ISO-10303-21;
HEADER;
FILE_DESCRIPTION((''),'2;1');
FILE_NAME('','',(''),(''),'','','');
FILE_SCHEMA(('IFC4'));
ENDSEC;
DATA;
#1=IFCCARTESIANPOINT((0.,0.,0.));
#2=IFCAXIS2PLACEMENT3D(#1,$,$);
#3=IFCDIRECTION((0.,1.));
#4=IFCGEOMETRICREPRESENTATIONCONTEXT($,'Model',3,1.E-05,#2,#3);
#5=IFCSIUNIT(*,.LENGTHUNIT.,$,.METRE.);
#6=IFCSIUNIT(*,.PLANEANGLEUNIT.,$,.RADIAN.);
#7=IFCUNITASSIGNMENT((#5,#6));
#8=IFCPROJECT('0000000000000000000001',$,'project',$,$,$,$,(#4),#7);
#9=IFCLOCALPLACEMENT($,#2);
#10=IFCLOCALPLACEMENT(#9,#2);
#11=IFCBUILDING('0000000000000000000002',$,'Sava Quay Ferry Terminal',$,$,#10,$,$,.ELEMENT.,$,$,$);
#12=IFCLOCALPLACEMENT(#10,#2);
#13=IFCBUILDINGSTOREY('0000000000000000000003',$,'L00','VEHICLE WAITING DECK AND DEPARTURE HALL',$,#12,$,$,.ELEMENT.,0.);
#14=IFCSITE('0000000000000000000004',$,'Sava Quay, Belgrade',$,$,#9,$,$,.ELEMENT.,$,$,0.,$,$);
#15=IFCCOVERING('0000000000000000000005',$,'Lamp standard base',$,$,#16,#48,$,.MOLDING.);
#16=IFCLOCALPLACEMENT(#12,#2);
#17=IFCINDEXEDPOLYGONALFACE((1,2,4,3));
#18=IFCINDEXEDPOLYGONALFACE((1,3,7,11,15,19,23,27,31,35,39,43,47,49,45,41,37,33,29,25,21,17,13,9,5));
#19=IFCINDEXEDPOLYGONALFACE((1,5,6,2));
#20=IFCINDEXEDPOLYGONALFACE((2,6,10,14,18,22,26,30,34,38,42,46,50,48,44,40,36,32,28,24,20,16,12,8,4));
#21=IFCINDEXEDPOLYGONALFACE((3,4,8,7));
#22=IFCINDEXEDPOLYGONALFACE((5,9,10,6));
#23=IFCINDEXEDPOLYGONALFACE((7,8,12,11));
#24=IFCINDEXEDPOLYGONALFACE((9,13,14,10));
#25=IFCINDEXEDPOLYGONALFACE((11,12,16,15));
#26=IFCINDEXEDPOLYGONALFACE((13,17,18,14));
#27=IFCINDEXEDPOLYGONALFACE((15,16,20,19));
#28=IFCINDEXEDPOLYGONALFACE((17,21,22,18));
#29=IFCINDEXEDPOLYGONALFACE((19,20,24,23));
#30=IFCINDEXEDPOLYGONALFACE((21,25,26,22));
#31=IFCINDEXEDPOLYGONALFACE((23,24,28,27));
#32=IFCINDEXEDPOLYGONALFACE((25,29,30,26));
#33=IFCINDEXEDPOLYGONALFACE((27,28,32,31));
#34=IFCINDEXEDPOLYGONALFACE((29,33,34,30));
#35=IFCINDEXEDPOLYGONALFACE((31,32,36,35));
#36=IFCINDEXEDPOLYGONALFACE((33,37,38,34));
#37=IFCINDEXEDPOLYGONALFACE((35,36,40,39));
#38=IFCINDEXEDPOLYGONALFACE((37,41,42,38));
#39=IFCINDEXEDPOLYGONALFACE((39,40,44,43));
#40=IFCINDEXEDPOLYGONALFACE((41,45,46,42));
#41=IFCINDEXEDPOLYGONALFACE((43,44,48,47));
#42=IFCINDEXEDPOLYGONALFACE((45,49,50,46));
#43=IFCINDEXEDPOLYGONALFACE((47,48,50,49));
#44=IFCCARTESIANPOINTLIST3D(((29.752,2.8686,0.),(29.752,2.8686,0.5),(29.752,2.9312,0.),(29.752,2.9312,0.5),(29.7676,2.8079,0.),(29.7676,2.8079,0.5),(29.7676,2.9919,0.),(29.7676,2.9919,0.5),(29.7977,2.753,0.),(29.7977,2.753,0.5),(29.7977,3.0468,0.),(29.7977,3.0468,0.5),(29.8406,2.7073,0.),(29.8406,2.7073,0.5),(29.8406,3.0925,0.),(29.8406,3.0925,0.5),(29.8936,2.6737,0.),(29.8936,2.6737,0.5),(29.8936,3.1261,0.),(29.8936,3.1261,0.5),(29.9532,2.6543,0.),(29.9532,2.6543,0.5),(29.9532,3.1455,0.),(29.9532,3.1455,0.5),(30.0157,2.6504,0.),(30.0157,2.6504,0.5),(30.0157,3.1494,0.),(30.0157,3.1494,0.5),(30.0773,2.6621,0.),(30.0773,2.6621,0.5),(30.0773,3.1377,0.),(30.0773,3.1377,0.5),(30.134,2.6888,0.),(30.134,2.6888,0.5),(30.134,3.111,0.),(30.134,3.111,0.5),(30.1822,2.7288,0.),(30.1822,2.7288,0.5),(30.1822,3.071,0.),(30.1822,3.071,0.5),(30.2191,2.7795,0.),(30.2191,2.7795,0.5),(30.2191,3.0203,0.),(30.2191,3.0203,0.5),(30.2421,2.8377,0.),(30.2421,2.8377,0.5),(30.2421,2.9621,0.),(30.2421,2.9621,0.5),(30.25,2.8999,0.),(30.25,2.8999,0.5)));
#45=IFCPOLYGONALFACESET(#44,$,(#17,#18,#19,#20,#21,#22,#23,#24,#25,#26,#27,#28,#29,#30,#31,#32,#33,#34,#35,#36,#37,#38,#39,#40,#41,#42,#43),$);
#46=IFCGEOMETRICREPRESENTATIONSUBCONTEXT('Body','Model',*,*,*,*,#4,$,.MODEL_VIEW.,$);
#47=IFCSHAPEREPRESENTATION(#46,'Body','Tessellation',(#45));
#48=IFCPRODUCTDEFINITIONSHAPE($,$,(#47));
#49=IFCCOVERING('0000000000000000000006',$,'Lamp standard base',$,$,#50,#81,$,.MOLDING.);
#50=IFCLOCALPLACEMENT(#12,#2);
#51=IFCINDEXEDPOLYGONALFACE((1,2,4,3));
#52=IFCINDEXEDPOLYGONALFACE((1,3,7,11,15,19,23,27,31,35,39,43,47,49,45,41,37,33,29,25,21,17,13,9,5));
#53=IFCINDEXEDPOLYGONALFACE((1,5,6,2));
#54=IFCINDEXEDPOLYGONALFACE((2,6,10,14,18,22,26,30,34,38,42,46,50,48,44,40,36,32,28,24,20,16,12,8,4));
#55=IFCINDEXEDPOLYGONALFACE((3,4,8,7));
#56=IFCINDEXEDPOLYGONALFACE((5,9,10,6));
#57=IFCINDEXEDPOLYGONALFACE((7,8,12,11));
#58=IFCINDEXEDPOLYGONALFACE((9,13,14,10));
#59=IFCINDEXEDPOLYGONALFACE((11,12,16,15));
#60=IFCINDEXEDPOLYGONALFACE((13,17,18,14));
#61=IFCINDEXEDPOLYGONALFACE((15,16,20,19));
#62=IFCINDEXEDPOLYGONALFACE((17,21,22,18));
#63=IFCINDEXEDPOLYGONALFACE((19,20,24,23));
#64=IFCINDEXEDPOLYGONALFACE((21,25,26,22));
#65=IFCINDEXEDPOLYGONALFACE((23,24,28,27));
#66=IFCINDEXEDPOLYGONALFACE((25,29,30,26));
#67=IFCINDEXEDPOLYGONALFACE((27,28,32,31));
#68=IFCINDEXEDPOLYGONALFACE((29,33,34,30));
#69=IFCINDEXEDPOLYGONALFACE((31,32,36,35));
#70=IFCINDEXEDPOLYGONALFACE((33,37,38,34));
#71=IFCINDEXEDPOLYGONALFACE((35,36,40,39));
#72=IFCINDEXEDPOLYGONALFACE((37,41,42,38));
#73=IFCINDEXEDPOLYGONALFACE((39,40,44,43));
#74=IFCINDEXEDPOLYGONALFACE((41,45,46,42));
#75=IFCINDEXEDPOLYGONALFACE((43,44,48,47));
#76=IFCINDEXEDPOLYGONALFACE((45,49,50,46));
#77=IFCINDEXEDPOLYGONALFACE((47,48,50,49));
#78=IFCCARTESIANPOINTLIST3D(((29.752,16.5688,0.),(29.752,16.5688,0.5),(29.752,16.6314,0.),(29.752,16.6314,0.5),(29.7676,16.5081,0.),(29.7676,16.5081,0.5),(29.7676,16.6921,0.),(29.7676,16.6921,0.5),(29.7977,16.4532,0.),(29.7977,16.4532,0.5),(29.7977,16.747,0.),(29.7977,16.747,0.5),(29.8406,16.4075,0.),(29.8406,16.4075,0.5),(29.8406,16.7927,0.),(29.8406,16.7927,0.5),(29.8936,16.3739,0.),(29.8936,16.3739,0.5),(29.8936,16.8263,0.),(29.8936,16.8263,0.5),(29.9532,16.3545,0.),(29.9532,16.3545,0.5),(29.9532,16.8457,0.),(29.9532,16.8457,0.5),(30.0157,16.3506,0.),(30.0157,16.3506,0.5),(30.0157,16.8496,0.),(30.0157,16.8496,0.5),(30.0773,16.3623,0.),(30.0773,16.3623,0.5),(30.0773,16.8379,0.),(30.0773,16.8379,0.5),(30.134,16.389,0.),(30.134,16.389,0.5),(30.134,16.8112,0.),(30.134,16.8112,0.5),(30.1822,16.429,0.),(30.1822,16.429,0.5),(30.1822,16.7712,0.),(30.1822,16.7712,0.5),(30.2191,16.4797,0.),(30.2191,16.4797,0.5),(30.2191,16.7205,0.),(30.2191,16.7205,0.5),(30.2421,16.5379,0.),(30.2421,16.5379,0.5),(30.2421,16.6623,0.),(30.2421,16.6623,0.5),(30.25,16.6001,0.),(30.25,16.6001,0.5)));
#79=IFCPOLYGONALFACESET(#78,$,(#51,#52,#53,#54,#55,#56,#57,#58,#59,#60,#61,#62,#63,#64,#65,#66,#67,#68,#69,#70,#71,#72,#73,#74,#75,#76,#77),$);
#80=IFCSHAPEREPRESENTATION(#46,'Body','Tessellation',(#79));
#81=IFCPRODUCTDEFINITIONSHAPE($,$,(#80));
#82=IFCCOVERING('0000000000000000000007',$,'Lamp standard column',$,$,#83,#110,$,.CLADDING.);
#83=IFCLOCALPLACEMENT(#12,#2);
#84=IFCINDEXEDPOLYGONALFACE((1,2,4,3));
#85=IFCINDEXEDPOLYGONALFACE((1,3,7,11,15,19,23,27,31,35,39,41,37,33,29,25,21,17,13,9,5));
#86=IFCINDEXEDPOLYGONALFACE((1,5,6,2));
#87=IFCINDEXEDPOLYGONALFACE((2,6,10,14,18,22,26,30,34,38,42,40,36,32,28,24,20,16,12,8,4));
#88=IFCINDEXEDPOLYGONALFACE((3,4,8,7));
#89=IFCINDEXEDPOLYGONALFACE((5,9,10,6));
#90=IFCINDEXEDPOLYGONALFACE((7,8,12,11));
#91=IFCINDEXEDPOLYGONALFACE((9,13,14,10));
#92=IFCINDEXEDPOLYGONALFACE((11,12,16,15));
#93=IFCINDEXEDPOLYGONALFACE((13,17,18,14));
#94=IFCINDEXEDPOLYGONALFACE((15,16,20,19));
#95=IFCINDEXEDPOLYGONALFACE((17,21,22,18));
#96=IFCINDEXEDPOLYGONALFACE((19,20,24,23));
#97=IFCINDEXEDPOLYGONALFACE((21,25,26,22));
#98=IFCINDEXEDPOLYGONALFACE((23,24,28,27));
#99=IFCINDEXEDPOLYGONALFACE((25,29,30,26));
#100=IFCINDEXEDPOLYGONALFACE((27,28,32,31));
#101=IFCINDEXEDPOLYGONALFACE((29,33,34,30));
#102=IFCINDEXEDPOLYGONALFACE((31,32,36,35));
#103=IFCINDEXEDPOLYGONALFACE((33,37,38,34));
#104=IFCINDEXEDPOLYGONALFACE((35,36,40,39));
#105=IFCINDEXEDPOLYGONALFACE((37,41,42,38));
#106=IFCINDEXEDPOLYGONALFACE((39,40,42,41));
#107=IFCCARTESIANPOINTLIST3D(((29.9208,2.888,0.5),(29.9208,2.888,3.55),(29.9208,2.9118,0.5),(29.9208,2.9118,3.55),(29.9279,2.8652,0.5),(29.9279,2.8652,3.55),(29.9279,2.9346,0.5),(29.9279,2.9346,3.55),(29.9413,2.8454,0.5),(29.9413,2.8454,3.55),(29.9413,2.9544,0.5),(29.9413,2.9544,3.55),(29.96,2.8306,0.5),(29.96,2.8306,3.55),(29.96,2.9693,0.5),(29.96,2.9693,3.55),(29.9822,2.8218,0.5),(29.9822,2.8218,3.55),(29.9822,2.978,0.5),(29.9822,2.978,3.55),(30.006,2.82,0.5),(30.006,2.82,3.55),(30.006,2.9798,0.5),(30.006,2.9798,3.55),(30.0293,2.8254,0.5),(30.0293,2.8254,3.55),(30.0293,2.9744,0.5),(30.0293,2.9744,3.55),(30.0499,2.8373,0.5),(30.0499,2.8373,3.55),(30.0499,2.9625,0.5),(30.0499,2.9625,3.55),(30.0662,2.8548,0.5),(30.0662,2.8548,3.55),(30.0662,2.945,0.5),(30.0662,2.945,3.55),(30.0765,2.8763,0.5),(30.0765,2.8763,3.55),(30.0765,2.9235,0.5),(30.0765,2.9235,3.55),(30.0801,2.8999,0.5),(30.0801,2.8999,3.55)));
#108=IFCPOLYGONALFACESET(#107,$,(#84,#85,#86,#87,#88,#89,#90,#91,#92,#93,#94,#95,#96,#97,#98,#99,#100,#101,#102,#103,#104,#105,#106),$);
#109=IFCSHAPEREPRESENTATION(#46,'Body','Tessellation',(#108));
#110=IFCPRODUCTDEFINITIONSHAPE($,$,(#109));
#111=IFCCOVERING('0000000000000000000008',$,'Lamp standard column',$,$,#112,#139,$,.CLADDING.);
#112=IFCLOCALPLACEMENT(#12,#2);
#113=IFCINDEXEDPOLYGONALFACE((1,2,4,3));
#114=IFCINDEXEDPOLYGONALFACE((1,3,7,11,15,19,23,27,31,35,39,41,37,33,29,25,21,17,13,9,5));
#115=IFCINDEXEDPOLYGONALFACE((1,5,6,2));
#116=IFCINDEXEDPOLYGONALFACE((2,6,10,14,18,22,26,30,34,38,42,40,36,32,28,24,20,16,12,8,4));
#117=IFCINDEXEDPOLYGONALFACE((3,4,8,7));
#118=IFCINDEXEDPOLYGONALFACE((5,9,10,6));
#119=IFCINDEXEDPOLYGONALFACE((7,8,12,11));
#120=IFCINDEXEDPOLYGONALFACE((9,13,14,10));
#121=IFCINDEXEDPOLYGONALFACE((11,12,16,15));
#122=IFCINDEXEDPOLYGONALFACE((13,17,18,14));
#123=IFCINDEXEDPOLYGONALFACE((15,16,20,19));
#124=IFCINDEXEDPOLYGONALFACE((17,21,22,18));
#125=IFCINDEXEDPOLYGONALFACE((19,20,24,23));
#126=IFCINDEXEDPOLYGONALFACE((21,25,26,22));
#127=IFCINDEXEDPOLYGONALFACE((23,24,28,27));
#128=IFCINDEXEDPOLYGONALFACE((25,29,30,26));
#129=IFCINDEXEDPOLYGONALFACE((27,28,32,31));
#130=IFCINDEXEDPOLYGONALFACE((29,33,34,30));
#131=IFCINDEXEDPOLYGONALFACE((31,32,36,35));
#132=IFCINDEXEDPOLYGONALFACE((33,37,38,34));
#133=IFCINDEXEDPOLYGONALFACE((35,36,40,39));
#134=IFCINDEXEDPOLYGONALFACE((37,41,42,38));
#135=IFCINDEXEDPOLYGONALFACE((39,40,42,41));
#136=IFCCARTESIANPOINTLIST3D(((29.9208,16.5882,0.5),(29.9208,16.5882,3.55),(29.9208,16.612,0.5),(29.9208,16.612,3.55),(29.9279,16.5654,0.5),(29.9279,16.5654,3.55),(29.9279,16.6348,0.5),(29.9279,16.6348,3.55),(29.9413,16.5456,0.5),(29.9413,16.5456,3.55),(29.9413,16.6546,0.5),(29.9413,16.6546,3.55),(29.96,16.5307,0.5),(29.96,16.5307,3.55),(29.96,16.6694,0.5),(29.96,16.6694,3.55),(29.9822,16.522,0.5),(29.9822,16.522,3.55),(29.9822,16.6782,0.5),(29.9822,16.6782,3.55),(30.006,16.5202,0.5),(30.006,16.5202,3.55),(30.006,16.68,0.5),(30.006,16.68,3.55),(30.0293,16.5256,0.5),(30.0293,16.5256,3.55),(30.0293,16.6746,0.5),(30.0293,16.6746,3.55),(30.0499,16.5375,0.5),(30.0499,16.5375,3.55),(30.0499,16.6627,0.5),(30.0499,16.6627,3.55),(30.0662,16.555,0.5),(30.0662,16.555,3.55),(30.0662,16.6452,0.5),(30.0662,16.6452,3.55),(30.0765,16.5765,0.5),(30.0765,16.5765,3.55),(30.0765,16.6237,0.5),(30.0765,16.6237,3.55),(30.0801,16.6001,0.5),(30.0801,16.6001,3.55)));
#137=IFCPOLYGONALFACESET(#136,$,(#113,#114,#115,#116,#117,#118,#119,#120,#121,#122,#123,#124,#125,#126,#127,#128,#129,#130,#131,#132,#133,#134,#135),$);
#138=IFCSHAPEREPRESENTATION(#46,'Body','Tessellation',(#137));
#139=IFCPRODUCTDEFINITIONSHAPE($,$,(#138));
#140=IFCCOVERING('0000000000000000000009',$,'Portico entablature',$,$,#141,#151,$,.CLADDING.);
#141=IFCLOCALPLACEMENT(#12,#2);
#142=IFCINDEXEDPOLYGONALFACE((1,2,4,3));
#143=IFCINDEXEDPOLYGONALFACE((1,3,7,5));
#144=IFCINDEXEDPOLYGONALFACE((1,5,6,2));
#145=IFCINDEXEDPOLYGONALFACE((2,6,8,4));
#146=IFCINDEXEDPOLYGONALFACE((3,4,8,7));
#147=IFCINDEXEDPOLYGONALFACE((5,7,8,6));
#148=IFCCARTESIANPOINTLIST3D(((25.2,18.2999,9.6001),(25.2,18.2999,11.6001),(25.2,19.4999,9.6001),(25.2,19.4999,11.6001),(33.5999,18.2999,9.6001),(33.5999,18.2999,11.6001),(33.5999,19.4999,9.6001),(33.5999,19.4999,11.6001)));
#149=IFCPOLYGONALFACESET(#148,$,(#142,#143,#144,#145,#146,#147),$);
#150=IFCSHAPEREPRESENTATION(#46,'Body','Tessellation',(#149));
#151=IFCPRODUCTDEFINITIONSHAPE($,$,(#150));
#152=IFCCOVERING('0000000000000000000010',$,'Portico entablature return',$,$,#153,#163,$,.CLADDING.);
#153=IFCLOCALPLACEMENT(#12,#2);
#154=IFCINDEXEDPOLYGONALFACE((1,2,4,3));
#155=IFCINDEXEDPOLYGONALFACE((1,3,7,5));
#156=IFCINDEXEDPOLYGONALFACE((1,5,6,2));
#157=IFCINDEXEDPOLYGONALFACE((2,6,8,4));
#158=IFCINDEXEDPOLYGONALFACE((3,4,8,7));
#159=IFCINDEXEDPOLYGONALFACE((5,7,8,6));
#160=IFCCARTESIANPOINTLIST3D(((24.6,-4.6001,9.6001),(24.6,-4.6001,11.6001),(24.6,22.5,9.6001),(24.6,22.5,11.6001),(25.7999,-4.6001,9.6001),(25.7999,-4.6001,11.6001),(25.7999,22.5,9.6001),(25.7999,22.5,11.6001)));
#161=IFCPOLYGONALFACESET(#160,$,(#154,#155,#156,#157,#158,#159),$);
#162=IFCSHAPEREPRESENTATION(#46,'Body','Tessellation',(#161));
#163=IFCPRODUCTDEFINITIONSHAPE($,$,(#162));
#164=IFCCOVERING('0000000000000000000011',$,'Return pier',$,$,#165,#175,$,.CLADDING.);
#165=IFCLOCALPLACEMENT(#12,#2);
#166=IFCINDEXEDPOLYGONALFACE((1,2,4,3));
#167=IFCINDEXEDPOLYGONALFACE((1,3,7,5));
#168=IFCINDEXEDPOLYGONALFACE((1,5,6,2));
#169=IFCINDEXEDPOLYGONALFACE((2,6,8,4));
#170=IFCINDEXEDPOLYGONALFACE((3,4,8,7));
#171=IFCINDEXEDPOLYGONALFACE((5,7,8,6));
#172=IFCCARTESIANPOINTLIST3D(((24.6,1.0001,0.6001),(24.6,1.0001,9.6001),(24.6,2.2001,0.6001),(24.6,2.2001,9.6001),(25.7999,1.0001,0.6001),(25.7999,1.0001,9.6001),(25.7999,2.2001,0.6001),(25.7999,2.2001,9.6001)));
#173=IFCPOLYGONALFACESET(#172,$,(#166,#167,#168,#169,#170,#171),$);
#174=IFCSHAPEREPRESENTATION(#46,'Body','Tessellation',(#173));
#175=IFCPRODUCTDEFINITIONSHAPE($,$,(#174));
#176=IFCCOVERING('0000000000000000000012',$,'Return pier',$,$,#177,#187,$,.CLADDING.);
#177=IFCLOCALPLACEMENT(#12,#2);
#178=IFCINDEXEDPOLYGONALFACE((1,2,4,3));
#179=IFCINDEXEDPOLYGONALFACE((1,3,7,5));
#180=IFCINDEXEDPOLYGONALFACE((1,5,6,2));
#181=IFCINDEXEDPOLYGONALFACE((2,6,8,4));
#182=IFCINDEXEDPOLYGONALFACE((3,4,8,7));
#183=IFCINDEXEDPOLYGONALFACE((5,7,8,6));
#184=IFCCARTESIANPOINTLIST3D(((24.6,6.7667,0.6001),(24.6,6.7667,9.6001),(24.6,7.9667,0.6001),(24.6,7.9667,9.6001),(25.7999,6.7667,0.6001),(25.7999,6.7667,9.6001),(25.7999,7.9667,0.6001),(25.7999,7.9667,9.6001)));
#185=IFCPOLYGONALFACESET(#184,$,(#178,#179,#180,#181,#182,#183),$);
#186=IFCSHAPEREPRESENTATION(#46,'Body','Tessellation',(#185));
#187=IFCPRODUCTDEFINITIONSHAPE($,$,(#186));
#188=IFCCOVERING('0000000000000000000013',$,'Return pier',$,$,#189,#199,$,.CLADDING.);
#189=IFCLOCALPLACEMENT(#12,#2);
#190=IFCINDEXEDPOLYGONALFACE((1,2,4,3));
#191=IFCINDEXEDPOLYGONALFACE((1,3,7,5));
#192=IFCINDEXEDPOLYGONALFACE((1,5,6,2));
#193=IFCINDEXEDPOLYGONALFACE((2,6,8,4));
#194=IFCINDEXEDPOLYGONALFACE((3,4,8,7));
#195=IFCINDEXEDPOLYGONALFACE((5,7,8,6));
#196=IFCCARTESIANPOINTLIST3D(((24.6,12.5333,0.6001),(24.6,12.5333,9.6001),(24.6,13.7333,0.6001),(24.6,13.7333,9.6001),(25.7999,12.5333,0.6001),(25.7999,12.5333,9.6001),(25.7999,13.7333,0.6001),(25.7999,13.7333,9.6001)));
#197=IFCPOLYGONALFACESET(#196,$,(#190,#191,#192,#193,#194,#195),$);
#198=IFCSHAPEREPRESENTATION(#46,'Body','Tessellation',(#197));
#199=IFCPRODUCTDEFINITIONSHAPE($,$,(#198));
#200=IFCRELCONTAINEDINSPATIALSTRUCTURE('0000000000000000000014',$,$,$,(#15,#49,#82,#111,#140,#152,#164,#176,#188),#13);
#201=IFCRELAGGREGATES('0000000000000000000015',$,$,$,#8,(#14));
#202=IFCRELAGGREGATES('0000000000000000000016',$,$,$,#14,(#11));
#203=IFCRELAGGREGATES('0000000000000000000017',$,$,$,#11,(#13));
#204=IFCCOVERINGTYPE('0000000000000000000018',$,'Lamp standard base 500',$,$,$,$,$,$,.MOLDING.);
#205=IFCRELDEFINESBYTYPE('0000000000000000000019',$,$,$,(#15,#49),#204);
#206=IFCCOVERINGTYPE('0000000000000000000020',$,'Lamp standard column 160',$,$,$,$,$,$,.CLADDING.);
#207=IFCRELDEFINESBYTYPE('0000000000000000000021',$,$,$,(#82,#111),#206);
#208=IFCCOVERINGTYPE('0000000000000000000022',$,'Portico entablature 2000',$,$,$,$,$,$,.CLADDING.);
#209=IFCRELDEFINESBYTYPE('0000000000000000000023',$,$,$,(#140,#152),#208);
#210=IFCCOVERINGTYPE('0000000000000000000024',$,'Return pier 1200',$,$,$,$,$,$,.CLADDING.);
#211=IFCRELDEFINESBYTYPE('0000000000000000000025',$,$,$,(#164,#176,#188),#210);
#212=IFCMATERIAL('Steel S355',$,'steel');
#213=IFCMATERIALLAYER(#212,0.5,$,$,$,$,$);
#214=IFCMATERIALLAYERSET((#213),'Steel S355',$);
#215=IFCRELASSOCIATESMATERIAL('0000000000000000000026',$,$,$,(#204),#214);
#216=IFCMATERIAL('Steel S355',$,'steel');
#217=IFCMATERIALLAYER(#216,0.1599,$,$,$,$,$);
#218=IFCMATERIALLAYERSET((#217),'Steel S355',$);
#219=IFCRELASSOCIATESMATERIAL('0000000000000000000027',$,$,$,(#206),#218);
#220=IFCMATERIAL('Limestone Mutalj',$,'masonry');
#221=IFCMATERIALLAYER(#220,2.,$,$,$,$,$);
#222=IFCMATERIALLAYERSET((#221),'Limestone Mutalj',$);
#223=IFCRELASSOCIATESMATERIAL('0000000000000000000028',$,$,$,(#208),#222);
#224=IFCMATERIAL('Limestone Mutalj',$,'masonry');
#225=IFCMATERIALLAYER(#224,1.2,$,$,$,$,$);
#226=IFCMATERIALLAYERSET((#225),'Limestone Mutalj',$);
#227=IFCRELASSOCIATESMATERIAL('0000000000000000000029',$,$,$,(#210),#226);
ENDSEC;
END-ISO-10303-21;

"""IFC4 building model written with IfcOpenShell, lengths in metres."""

from ifc_helpers import new_model, si_unit, direction, frame, origin, origin_2d, place, context, subcontext, project, spatial, rectangle, circle, extrude, material, layer, layer_set, type_object, element, save


model = new_model("IFC4")

# Units and contexts
model_context = context("Model", 3, precision=1e-05, world=origin(), true_north=direction((0.0, 1.0)))
body_context = subcontext(model_context, "Body", "Model", "MODEL_VIEW")
ifc_project = project(units=[si_unit("LENGTHUNIT", "METRE"), si_unit("PLANEANGLEUNIT", "RADIAN")], contexts=[model_context])

# Site, building, storey
site_placement = place(None, origin())
site = spatial("IfcSite", under=ifc_project, at=site_placement, Name="Sava Quay, Belgrade", CompositionType="ELEMENT", RefElevation=0.0)
building_placement = place(site_placement, origin())
building = spatial("IfcBuilding", under=site, at=building_placement, Name="Sava Quay Ferry Terminal", CompositionType="ELEMENT")
storey_placement = place(building_placement, origin())
storey = spatial("IfcBuildingStorey", under=building, at=storey_placement, Name="L00", Description="VEHICLE WAITING DECK AND DEPARTURE HALL", CompositionType="ELEMENT", Elevation=0.0)

# Coverings
ifc_material_1 = material(Name="Steel S355", Category="steel")
ifc_layer_1 = layer(ifc_material_1, 0.5)
ifc_layer_set_1 = layer_set([ifc_layer_1], Name="Steel S355")
covering_type_1 = type_object("IfcCoveringType", Name="Lamp standard base 500", PredefinedType="MOLDING", material=ifc_layer_set_1)
for number, where, z_axis, x_axis, name in (
    (1, (30.0, 2.8999, 0.5), (0.0, 0.0, -1.0), (1.0, 0.0, 0.0), "Lamp standard base"),
    (2, (30.0, 16.6001, 0.5), (0.0, 0.0, -1.0), (1.0, 0.0, 0.0), "Lamp standard base"),
):
    element("IfcCovering", number, at=place(storey_placement, frame(where, z_axis=z_axis, x_axis=x_axis)), inside=storey, type_object=covering_type_1, Name=name, PredefinedType="MOLDING", context=body_context, shape_type="SweptSolid", body=[
        extrude(circle(Radius=0.25, at=origin_2d()), origin(), (0.0, 0.0, 1.0), 0.5),
    ])
ifc_material_2 = material(Name="Steel S355", Category="steel")
ifc_layer_2 = layer(ifc_material_2, 0.1599)
ifc_layer_set_2 = layer_set([ifc_layer_2], Name="Steel S355")
covering_type_2 = type_object("IfcCoveringType", Name="Lamp standard column 160", PredefinedType="CLADDING", material=ifc_layer_set_2)
for number, where, z_axis, x_axis, name in (
    (3, (30.0, 2.8999, 3.55), (0.0, 0.0, -1.0), (1.0, 0.0, 0.0), "Lamp standard column"),
    (4, (30.0, 16.6001, 3.55), (0.0, 0.0, -1.0), (1.0, 0.0, 0.0), "Lamp standard column"),
):
    element("IfcCovering", number, at=place(storey_placement, frame(where, z_axis=z_axis, x_axis=x_axis)), inside=storey, type_object=covering_type_2, Name=name, PredefinedType="CLADDING", context=body_context, shape_type="SweptSolid", body=[
        extrude(circle(Radius=0.0801, at=origin_2d()), origin(), (0.0, 0.0, 1.0), 3.05),
    ])
ifc_material_3 = material(Name="Limestone Mutalj", Category="masonry")
ifc_layer_3 = layer(ifc_material_3, 2.0)
ifc_layer_set_3 = layer_set([ifc_layer_3], Name="Limestone Mutalj")
covering_type_3 = type_object("IfcCoveringType", Name="Portico entablature 2000", PredefinedType="CLADDING", material=ifc_layer_set_3)
covering_1_placement = place(storey_placement, frame((29.3999, 18.8999, 9.6001), z_axis=(0.0, 0.0, 1.0), x_axis=(1.0, 0.0, 0.0)))
element("IfcCovering", 5, at=covering_1_placement, inside=storey, type_object=covering_type_3, Name="Portico entablature", PredefinedType="CLADDING", context=body_context, shape_type="SweptSolid", body=[
    extrude(rectangle(XDim=8.3999, YDim=1.2, at=origin_2d()), origin(), (0.0, 0.0, 1.0), 2.0),
])
covering_2_placement = place(storey_placement, frame((25.2, 8.95, 9.6001), z_axis=(0.0, 0.0, 1.0), x_axis=(1.0, 0.0, 0.0)))
element("IfcCovering", 6, at=covering_2_placement, inside=storey, type_object=covering_type_3, Name="Portico entablature return", PredefinedType="CLADDING", context=body_context, shape_type="SweptSolid", body=[
    extrude(rectangle(XDim=1.2, YDim=27.1001, at=origin_2d()), origin(), (0.0, 0.0, 1.0), 2.0),
])
ifc_material_4 = material(Name="Limestone Mutalj", Category="masonry")
ifc_layer_4 = layer(ifc_material_4, 1.2)
ifc_layer_set_4 = layer_set([ifc_layer_4], Name="Limestone Mutalj")
covering_type_4 = type_object("IfcCoveringType", Name="Return pier 1200", PredefinedType="CLADDING", material=ifc_layer_set_4)
for number, where, z_axis, x_axis, name in (
    (7, (25.2, 1.6001, 0.6001), (0.0, 0.0, 1.0), (1.0, 0.0, 0.0), "Return pier"),
    (8, (25.2, 7.3667, 0.6001), (0.0, 0.0, 1.0), (1.0, 0.0, 0.0), "Return pier"),
    (9, (25.2, 13.1333, 0.6001), (0.0, 0.0, 1.0), (1.0, 0.0, 0.0), "Return pier"),
):
    element("IfcCovering", number, at=place(storey_placement, frame(where, z_axis=z_axis, x_axis=x_axis)), inside=storey, type_object=covering_type_4, Name=name, PredefinedType="CLADDING", context=body_context, shape_type="SweptSolid", body=[
        extrude(rectangle(XDim=1.2, YDim=1.2, at=origin_2d()), origin(), (0.0, 0.0, 1.0), 9.0),
    ])

save(model, "model.ifc")
